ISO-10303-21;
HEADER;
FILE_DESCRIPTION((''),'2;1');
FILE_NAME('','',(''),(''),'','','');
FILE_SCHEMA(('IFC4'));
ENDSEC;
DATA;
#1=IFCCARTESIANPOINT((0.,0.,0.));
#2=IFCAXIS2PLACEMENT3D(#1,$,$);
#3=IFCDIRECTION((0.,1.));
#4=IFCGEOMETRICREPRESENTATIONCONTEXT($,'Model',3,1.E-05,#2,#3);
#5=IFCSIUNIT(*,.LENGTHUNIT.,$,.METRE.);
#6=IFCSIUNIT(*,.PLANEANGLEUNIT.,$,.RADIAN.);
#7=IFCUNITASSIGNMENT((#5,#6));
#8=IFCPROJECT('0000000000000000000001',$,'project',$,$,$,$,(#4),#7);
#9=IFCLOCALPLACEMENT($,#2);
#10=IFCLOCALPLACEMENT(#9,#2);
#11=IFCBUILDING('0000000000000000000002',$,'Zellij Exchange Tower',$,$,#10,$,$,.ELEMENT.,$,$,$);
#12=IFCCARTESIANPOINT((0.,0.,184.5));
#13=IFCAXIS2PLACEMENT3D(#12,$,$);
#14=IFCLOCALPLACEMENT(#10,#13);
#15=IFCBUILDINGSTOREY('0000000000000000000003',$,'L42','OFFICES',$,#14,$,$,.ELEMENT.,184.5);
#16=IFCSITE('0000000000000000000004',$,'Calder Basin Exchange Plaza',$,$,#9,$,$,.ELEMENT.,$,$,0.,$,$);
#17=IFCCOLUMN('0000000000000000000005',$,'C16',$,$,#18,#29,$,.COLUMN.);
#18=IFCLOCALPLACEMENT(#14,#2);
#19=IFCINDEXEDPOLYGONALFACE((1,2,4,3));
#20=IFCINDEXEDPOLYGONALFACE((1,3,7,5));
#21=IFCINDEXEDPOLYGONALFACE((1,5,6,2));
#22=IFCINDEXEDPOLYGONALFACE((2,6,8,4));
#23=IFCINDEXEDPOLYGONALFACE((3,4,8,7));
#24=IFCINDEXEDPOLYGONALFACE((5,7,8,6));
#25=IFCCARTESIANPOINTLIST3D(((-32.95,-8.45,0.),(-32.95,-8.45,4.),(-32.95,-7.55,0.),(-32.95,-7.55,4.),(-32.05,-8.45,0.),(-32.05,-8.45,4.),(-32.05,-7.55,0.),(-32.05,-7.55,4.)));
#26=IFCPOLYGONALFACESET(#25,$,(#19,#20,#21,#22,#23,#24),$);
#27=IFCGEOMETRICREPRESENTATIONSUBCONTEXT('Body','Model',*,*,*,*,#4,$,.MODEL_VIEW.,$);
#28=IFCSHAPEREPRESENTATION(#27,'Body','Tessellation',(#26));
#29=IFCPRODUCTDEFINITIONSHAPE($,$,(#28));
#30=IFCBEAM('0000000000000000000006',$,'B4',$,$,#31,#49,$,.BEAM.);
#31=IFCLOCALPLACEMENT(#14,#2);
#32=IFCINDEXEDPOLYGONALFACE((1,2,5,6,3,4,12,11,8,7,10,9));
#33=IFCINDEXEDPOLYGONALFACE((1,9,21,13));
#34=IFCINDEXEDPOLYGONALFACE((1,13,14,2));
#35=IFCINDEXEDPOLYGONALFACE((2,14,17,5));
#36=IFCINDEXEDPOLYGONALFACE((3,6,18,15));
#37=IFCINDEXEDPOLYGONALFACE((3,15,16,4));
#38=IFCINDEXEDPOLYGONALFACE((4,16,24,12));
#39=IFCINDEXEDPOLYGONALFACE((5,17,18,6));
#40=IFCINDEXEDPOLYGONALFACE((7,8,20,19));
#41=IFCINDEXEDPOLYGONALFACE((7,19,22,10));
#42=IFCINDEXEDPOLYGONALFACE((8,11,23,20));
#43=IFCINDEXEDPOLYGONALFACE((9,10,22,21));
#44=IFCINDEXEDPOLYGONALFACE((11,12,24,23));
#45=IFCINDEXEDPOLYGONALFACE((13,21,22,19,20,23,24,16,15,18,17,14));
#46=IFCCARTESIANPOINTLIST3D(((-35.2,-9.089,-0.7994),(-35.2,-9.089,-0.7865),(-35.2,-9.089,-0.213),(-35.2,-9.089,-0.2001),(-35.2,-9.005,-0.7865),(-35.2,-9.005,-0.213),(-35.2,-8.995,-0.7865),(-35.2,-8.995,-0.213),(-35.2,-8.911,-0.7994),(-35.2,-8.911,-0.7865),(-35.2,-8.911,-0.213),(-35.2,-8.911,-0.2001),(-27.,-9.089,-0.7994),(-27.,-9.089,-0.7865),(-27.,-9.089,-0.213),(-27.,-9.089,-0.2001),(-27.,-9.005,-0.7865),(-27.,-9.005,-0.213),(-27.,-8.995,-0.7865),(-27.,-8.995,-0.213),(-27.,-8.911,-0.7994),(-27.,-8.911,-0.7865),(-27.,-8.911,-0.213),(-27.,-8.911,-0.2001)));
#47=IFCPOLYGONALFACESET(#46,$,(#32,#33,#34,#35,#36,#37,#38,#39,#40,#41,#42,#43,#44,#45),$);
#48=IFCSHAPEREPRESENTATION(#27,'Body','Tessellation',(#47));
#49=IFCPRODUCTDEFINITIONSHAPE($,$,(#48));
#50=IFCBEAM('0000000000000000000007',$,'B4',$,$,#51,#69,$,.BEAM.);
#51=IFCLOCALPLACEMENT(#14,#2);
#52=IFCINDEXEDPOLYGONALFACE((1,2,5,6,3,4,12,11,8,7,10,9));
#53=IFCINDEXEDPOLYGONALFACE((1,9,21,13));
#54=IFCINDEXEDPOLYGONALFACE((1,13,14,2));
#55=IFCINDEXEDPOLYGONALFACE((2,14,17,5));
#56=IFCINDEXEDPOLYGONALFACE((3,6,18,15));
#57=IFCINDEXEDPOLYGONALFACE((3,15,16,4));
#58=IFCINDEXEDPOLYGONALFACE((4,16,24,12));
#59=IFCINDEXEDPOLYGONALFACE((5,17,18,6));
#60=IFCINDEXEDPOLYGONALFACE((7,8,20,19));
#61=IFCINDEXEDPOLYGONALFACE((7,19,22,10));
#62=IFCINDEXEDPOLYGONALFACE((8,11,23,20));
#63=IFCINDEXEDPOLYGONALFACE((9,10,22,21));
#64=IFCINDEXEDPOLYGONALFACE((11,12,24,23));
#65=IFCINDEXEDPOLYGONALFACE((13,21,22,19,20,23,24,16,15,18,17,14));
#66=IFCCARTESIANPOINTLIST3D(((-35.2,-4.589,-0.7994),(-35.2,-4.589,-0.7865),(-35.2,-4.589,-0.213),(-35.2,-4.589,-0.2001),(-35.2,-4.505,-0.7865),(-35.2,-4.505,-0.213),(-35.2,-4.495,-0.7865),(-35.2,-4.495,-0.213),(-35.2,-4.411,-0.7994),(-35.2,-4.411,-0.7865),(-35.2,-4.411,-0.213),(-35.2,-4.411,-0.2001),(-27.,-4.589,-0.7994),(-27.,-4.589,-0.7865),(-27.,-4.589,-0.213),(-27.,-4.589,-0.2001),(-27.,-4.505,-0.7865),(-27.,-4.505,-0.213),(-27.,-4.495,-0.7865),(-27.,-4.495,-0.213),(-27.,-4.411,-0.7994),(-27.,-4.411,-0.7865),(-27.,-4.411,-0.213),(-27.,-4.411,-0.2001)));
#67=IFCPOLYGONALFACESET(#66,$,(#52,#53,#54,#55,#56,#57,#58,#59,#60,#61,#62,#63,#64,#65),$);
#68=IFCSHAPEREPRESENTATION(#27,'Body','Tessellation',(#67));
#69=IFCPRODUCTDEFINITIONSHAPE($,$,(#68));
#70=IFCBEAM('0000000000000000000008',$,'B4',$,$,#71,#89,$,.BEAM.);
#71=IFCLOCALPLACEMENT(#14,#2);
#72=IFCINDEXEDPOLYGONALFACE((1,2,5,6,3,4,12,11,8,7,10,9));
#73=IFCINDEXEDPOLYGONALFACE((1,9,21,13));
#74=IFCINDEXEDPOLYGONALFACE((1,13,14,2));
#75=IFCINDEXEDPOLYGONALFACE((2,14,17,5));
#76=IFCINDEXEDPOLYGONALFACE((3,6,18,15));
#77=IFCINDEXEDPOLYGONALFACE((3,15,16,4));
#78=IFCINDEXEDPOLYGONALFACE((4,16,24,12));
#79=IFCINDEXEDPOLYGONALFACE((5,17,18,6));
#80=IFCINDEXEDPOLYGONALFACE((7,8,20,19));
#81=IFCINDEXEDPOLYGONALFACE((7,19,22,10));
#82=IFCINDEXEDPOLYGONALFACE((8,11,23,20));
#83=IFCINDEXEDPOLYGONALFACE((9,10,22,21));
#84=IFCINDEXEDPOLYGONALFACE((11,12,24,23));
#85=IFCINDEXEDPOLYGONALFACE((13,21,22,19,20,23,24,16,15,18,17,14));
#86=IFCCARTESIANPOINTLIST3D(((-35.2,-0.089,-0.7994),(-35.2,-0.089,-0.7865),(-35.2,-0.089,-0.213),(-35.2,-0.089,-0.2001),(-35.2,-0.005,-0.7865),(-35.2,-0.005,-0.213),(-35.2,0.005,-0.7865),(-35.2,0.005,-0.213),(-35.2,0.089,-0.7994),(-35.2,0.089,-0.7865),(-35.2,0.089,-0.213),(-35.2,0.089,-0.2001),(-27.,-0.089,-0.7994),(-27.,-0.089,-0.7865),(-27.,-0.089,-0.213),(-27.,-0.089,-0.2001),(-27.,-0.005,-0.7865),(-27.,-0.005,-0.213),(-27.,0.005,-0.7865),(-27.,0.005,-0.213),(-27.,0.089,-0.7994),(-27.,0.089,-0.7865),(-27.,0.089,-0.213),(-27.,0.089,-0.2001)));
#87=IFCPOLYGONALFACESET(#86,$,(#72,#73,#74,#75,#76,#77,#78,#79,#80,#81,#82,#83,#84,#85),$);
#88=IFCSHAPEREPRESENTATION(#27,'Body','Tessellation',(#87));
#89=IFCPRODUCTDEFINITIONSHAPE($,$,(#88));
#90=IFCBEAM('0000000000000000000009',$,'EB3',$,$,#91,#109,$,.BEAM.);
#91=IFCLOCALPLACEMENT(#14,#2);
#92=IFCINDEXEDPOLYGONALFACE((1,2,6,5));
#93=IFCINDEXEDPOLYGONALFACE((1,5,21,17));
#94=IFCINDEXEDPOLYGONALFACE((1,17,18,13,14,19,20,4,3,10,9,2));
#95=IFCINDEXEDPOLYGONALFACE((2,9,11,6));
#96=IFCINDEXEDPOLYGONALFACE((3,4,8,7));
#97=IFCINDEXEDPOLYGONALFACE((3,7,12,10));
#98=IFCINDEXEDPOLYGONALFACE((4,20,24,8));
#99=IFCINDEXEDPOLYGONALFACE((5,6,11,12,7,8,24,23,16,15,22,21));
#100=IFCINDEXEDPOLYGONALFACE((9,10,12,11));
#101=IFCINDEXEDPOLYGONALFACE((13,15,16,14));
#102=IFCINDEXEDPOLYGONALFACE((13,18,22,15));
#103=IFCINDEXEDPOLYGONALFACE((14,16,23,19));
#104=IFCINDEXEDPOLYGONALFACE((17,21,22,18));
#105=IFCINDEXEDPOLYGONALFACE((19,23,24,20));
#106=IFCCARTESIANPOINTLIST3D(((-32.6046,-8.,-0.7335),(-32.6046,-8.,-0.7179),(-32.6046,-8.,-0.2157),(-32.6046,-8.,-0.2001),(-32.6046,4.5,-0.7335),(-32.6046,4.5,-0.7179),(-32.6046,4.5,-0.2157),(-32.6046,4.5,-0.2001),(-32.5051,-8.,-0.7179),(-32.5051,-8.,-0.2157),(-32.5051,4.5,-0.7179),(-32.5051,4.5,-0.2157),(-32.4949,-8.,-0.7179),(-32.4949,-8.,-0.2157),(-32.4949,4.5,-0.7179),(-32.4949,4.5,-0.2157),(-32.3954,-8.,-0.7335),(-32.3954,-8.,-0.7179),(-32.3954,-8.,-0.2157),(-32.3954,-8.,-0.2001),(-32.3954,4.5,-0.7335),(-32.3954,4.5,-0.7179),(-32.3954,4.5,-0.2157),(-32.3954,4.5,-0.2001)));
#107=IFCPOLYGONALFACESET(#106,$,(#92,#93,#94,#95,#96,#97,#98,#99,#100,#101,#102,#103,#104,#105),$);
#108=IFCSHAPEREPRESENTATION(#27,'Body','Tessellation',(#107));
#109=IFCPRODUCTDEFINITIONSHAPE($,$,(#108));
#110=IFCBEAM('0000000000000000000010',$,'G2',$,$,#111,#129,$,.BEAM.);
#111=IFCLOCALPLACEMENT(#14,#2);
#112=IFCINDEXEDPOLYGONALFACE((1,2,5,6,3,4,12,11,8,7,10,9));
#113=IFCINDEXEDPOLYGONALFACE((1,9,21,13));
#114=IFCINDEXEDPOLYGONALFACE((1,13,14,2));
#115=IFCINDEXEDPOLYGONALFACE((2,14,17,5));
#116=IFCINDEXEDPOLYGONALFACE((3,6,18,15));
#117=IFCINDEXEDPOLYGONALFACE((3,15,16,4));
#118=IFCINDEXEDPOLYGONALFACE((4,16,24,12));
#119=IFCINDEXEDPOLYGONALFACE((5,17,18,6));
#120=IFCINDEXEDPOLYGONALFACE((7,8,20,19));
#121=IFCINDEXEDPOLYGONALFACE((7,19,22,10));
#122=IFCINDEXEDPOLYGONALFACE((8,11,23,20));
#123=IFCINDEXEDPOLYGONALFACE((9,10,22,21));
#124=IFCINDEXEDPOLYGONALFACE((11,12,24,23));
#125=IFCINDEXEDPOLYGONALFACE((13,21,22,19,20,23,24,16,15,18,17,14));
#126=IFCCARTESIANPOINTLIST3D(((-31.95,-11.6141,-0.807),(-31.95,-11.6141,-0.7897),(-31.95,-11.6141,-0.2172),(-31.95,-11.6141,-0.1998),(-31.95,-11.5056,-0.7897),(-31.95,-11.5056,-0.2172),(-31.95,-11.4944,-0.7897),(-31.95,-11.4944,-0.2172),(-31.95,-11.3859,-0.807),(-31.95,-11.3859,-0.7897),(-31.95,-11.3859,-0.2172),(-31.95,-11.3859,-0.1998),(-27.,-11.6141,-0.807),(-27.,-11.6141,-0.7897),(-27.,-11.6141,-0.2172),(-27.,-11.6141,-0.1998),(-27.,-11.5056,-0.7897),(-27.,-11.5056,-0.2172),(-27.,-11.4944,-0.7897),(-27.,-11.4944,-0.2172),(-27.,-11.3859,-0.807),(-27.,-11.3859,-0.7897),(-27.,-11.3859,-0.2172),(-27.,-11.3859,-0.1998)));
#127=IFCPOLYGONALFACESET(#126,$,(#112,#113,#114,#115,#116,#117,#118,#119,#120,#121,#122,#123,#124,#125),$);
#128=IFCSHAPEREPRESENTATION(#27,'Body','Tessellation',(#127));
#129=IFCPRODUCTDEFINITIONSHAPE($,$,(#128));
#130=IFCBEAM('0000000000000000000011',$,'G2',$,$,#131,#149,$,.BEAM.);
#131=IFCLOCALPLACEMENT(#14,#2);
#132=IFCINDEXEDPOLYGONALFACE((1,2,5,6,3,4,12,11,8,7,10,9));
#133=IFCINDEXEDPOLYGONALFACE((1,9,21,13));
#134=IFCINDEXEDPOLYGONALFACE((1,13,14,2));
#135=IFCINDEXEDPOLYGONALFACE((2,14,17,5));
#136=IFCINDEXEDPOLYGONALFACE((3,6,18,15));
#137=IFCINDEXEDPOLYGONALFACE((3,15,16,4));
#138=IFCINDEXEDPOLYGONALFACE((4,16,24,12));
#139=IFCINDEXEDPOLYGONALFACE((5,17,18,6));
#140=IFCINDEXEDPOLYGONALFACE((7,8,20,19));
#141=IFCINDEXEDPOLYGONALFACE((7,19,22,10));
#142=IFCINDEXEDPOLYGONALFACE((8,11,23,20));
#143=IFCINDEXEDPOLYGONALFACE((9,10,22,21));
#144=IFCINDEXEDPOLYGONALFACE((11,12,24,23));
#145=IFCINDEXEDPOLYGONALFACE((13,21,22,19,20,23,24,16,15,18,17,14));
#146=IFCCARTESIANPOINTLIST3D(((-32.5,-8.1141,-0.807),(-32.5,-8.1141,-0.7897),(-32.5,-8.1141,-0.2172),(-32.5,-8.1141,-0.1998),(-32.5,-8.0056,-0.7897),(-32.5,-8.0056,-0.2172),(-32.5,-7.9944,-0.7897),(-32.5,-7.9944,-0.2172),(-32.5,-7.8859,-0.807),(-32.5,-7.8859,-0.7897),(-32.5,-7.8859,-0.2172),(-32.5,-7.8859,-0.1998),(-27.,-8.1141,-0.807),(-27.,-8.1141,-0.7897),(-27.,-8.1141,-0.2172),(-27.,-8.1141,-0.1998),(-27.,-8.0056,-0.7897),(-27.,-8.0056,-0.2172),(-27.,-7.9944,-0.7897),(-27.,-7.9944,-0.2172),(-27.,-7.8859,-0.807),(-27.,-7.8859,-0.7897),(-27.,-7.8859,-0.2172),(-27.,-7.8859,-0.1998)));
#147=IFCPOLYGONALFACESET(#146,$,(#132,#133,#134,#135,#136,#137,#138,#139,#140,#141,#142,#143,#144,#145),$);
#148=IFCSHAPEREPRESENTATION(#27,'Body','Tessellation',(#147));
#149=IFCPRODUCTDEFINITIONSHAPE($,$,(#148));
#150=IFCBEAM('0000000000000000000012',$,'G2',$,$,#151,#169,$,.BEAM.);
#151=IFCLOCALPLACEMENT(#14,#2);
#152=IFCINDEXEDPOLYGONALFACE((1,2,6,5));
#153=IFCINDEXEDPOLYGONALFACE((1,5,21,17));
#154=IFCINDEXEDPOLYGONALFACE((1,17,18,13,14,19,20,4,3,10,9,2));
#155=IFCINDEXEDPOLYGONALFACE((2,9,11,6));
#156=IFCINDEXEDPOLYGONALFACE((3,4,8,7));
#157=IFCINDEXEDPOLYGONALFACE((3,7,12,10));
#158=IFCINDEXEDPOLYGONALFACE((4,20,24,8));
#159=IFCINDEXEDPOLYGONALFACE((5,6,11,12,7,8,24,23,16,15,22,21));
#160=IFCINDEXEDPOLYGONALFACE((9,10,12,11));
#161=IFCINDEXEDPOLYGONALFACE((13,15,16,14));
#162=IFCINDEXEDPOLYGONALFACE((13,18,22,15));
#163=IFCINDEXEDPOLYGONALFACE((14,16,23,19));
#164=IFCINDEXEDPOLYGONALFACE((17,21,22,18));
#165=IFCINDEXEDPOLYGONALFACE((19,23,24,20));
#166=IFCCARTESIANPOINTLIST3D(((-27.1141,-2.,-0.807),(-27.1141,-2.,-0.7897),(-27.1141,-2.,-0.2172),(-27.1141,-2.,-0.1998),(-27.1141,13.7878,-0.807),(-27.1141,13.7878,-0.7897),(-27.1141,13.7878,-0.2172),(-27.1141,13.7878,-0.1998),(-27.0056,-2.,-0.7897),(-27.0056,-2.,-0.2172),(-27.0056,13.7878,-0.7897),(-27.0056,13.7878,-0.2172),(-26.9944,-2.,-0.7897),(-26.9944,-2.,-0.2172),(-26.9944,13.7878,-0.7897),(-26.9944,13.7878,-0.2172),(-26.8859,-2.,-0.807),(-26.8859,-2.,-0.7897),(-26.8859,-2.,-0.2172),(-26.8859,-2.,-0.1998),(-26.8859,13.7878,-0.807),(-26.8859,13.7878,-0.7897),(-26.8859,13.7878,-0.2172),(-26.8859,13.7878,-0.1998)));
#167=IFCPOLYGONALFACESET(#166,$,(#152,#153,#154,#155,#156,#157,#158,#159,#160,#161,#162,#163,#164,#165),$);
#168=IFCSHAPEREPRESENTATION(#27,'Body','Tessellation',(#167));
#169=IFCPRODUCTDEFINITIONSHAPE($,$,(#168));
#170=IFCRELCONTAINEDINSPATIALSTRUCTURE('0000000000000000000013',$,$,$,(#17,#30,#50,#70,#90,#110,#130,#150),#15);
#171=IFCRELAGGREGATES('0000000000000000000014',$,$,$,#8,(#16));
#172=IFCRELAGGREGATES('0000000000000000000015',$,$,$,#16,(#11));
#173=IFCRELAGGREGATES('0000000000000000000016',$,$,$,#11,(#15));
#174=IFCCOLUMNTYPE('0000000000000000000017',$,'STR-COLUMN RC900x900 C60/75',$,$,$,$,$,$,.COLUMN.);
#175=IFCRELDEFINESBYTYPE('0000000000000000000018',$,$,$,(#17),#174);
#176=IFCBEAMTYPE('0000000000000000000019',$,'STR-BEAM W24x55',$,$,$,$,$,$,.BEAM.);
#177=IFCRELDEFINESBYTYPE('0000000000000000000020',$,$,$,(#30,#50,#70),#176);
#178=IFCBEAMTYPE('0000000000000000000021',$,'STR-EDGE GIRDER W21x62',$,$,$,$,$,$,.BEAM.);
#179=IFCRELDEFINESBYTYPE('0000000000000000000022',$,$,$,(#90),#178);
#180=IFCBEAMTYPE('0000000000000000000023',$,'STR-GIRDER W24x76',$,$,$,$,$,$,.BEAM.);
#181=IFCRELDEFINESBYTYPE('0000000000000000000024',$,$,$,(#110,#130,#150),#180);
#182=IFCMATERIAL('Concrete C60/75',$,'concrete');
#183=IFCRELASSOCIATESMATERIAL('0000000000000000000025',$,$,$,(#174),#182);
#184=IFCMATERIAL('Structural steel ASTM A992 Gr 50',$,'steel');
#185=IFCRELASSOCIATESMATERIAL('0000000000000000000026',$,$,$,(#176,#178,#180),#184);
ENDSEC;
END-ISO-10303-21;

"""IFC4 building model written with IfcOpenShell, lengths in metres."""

from ifc_helpers import new_model, si_unit, direction, frame, origin, origin_2d, place, context, subcontext, project, spatial, rectangle, i_section, extrude, material, material_profile, profile_set, type_object, element, save


model = new_model("IFC4")

# Units and contexts
model_context = context("Model", 3, precision=1e-05, world=origin(), true_north=direction((0.0, 1.0)))
body_context = subcontext(model_context, "Body", "Model", "MODEL_VIEW")
ifc_project = project(units=[si_unit("LENGTHUNIT", "METRE"), si_unit("PLANEANGLEUNIT", "RADIAN")], contexts=[model_context])

# Site, building, storey
site_placement = place(None, origin())
site = spatial("IfcSite", under=ifc_project, at=site_placement, Name="Calder Basin Exchange Plaza", CompositionType="ELEMENT", RefElevation=0.0)
building_placement = place(site_placement, origin())
building = spatial("IfcBuilding", under=site, at=building_placement, Name="Zellij Exchange Tower", CompositionType="ELEMENT")
storey_placement = place(building_placement, frame((0.0, 0.0, 184.5)))
storey = spatial("IfcBuildingStorey", under=building, at=storey_placement, Name="L42", Description="OFFICES", CompositionType="ELEMENT", Elevation=184.5)

# Column
ifc_material_1 = material(Name="Concrete C60/75", Category="concrete")
ifc_material_profile_1 = material_profile(ifc_material_1, rectangle(XDim=0.8999, YDim=0.8999, at=origin_2d()), Name="STR-COLUMN RC900x900 C60/75")
ifc_profile_set_1 = profile_set([ifc_material_profile_1], Name="Concrete C60/75")
column_type = type_object("IfcColumnType", Name="STR-COLUMN RC900x900 C60/75", PredefinedType="COLUMN", material=ifc_profile_set_1)
column_placement = place(storey_placement, frame((-32.5, -8.0, 0.0), z_axis=(0.0, 0.0, 1.0), x_axis=(1.0, 0.0, 0.0)))
element("IfcColumn", 1, at=column_placement, inside=storey, type_object=column_type, Name="C16", PredefinedType="COLUMN", context=body_context, shape_type="SweptSolid", body=[
    extrude(rectangle(XDim=0.8999, YDim=0.8999, at=origin_2d()), origin(), (0.0, 0.0, 1.0), 4.0),
])

# Beams
ifc_material_2 = material(Name="Structural steel ASTM A992 Gr 50", Category="steel")
ifc_material_profile_2 = material_profile(ifc_material_2, i_section(OverallWidth=0.178, OverallDepth=0.5994, WebThickness=0.01, FlangeThickness=0.0129, at=origin_2d()), Name="W24x55")
ifc_profile_set_2 = profile_set([ifc_material_profile_2], Name="Structural steel ASTM A992 Gr 50")
beam_type_1 = type_object("IfcBeamType", Name="STR-BEAM W24x55", PredefinedType="BEAM", material=ifc_profile_set_2)
for number, where, z_axis, x_axis, name in (
    (2, (-35.2, -9.0, -0.4998), (1.0, 0.0, 0.0), (0.0, 1.0, 0.0), "B4"),
    (3, (-35.2, -4.5, -0.4998), (1.0, 0.0, 0.0), (0.0, 1.0, 0.0), "B4"),
    (4, (-35.2, 0.0, -0.4998), (1.0, 0.0, 0.0), (0.0, 1.0, 0.0), "B4"),
):
    element("IfcBeam", number, at=place(storey_placement, frame(where, z_axis=z_axis, x_axis=x_axis)), inside=storey, type_object=beam_type_1, Name=name, PredefinedType="BEAM", context=body_context, shape_type="SweptSolid", body=[
        extrude(i_section(OverallWidth=0.178, OverallDepth=0.5994, WebThickness=0.01, FlangeThickness=0.0129, at=origin_2d()), origin(), (0.0, 0.0, 1.0), 8.2),
    ])
ifc_material_profile_3 = material_profile(ifc_material_2, i_section(OverallWidth=0.2092, OverallDepth=0.5334, WebThickness=0.0103, FlangeThickness=0.0156, at=origin_2d()), Name="W21x62")
ifc_profile_set_3 = profile_set([ifc_material_profile_3], Name="Structural steel ASTM A992 Gr 50")
beam_type_2 = type_object("IfcBeamType", Name="STR-EDGE GIRDER W21x62", PredefinedType="BEAM", material=ifc_profile_set_3)
beam_1_placement = place(storey_placement, frame((-32.5, -8.0, -0.4668), z_axis=(0.0, 1.0, 0.0), x_axis=(-1.0, 0.0, 0.0)))
element("IfcBeam", 5, at=beam_1_placement, inside=storey, type_object=beam_type_2, Name="EB3", PredefinedType="BEAM", context=body_context, shape_type="SweptSolid", body=[
    extrude(i_section(OverallWidth=0.2092, OverallDepth=0.5334, WebThickness=0.0103, FlangeThickness=0.0156, at=origin_2d()), origin(), (0.0, 0.0, 1.0), 12.5),
])
ifc_material_profile_4 = material_profile(ifc_material_2, i_section(OverallWidth=0.2283, OverallDepth=0.6072, WebThickness=0.0112, FlangeThickness=0.0173, at=origin_2d()), Name="W24x76")
ifc_profile_set_4 = profile_set([ifc_material_profile_4], Name="Structural steel ASTM A992 Gr 50")
beam_type_3 = type_object("IfcBeamType", Name="STR-GIRDER W24x76", PredefinedType="BEAM", material=ifc_profile_set_4)
beam_2_placement = place(storey_placement, frame((-31.95, -11.5, -0.5034), z_axis=(1.0, 0.0, 0.0), x_axis=(0.0, 1.0, 0.0)))
element("IfcBeam", 6, at=beam_2_placement, inside=storey, type_object=beam_type_3, Name="G2", PredefinedType="BEAM", context=body_context, shape_type="SweptSolid", body=[
    extrude(i_section(OverallWidth=0.2283, OverallDepth=0.6072, WebThickness=0.0112, FlangeThickness=0.0173, at=origin_2d()), origin(), (0.0, 0.0, 1.0), 4.95),
])
beam_3_placement = place(storey_placement, frame((-32.5, -8.0, -0.5034), z_axis=(1.0, 0.0, 0.0), x_axis=(0.0, 1.0, 0.0)))
element("IfcBeam", 7, at=beam_3_placement, inside=storey, type_object=beam_type_3, Name="G2", PredefinedType="BEAM", context=body_context, shape_type="SweptSolid", body=[
    extrude(i_section(OverallWidth=0.2283, OverallDepth=0.6072, WebThickness=0.0112, FlangeThickness=0.0173, at=origin_2d()), origin(), (0.0, 0.0, 1.0), 5.5),
])
beam_4_placement = place(storey_placement, frame((-27.0, -2.0, -0.5034), z_axis=(0.0, 1.0, 0.0), x_axis=(-1.0, 0.0, 0.0)))
element("IfcBeam", 8, at=beam_4_placement, inside=storey, type_object=beam_type_3, Name="G2", PredefinedType="BEAM", context=body_context, shape_type="SweptSolid", body=[
    extrude(i_section(OverallWidth=0.2283, OverallDepth=0.6072, WebThickness=0.0112, FlangeThickness=0.0173, at=origin_2d()), origin(), (0.0, 0.0, 1.0), 15.7878),
])

save(model, "model.ifc")
